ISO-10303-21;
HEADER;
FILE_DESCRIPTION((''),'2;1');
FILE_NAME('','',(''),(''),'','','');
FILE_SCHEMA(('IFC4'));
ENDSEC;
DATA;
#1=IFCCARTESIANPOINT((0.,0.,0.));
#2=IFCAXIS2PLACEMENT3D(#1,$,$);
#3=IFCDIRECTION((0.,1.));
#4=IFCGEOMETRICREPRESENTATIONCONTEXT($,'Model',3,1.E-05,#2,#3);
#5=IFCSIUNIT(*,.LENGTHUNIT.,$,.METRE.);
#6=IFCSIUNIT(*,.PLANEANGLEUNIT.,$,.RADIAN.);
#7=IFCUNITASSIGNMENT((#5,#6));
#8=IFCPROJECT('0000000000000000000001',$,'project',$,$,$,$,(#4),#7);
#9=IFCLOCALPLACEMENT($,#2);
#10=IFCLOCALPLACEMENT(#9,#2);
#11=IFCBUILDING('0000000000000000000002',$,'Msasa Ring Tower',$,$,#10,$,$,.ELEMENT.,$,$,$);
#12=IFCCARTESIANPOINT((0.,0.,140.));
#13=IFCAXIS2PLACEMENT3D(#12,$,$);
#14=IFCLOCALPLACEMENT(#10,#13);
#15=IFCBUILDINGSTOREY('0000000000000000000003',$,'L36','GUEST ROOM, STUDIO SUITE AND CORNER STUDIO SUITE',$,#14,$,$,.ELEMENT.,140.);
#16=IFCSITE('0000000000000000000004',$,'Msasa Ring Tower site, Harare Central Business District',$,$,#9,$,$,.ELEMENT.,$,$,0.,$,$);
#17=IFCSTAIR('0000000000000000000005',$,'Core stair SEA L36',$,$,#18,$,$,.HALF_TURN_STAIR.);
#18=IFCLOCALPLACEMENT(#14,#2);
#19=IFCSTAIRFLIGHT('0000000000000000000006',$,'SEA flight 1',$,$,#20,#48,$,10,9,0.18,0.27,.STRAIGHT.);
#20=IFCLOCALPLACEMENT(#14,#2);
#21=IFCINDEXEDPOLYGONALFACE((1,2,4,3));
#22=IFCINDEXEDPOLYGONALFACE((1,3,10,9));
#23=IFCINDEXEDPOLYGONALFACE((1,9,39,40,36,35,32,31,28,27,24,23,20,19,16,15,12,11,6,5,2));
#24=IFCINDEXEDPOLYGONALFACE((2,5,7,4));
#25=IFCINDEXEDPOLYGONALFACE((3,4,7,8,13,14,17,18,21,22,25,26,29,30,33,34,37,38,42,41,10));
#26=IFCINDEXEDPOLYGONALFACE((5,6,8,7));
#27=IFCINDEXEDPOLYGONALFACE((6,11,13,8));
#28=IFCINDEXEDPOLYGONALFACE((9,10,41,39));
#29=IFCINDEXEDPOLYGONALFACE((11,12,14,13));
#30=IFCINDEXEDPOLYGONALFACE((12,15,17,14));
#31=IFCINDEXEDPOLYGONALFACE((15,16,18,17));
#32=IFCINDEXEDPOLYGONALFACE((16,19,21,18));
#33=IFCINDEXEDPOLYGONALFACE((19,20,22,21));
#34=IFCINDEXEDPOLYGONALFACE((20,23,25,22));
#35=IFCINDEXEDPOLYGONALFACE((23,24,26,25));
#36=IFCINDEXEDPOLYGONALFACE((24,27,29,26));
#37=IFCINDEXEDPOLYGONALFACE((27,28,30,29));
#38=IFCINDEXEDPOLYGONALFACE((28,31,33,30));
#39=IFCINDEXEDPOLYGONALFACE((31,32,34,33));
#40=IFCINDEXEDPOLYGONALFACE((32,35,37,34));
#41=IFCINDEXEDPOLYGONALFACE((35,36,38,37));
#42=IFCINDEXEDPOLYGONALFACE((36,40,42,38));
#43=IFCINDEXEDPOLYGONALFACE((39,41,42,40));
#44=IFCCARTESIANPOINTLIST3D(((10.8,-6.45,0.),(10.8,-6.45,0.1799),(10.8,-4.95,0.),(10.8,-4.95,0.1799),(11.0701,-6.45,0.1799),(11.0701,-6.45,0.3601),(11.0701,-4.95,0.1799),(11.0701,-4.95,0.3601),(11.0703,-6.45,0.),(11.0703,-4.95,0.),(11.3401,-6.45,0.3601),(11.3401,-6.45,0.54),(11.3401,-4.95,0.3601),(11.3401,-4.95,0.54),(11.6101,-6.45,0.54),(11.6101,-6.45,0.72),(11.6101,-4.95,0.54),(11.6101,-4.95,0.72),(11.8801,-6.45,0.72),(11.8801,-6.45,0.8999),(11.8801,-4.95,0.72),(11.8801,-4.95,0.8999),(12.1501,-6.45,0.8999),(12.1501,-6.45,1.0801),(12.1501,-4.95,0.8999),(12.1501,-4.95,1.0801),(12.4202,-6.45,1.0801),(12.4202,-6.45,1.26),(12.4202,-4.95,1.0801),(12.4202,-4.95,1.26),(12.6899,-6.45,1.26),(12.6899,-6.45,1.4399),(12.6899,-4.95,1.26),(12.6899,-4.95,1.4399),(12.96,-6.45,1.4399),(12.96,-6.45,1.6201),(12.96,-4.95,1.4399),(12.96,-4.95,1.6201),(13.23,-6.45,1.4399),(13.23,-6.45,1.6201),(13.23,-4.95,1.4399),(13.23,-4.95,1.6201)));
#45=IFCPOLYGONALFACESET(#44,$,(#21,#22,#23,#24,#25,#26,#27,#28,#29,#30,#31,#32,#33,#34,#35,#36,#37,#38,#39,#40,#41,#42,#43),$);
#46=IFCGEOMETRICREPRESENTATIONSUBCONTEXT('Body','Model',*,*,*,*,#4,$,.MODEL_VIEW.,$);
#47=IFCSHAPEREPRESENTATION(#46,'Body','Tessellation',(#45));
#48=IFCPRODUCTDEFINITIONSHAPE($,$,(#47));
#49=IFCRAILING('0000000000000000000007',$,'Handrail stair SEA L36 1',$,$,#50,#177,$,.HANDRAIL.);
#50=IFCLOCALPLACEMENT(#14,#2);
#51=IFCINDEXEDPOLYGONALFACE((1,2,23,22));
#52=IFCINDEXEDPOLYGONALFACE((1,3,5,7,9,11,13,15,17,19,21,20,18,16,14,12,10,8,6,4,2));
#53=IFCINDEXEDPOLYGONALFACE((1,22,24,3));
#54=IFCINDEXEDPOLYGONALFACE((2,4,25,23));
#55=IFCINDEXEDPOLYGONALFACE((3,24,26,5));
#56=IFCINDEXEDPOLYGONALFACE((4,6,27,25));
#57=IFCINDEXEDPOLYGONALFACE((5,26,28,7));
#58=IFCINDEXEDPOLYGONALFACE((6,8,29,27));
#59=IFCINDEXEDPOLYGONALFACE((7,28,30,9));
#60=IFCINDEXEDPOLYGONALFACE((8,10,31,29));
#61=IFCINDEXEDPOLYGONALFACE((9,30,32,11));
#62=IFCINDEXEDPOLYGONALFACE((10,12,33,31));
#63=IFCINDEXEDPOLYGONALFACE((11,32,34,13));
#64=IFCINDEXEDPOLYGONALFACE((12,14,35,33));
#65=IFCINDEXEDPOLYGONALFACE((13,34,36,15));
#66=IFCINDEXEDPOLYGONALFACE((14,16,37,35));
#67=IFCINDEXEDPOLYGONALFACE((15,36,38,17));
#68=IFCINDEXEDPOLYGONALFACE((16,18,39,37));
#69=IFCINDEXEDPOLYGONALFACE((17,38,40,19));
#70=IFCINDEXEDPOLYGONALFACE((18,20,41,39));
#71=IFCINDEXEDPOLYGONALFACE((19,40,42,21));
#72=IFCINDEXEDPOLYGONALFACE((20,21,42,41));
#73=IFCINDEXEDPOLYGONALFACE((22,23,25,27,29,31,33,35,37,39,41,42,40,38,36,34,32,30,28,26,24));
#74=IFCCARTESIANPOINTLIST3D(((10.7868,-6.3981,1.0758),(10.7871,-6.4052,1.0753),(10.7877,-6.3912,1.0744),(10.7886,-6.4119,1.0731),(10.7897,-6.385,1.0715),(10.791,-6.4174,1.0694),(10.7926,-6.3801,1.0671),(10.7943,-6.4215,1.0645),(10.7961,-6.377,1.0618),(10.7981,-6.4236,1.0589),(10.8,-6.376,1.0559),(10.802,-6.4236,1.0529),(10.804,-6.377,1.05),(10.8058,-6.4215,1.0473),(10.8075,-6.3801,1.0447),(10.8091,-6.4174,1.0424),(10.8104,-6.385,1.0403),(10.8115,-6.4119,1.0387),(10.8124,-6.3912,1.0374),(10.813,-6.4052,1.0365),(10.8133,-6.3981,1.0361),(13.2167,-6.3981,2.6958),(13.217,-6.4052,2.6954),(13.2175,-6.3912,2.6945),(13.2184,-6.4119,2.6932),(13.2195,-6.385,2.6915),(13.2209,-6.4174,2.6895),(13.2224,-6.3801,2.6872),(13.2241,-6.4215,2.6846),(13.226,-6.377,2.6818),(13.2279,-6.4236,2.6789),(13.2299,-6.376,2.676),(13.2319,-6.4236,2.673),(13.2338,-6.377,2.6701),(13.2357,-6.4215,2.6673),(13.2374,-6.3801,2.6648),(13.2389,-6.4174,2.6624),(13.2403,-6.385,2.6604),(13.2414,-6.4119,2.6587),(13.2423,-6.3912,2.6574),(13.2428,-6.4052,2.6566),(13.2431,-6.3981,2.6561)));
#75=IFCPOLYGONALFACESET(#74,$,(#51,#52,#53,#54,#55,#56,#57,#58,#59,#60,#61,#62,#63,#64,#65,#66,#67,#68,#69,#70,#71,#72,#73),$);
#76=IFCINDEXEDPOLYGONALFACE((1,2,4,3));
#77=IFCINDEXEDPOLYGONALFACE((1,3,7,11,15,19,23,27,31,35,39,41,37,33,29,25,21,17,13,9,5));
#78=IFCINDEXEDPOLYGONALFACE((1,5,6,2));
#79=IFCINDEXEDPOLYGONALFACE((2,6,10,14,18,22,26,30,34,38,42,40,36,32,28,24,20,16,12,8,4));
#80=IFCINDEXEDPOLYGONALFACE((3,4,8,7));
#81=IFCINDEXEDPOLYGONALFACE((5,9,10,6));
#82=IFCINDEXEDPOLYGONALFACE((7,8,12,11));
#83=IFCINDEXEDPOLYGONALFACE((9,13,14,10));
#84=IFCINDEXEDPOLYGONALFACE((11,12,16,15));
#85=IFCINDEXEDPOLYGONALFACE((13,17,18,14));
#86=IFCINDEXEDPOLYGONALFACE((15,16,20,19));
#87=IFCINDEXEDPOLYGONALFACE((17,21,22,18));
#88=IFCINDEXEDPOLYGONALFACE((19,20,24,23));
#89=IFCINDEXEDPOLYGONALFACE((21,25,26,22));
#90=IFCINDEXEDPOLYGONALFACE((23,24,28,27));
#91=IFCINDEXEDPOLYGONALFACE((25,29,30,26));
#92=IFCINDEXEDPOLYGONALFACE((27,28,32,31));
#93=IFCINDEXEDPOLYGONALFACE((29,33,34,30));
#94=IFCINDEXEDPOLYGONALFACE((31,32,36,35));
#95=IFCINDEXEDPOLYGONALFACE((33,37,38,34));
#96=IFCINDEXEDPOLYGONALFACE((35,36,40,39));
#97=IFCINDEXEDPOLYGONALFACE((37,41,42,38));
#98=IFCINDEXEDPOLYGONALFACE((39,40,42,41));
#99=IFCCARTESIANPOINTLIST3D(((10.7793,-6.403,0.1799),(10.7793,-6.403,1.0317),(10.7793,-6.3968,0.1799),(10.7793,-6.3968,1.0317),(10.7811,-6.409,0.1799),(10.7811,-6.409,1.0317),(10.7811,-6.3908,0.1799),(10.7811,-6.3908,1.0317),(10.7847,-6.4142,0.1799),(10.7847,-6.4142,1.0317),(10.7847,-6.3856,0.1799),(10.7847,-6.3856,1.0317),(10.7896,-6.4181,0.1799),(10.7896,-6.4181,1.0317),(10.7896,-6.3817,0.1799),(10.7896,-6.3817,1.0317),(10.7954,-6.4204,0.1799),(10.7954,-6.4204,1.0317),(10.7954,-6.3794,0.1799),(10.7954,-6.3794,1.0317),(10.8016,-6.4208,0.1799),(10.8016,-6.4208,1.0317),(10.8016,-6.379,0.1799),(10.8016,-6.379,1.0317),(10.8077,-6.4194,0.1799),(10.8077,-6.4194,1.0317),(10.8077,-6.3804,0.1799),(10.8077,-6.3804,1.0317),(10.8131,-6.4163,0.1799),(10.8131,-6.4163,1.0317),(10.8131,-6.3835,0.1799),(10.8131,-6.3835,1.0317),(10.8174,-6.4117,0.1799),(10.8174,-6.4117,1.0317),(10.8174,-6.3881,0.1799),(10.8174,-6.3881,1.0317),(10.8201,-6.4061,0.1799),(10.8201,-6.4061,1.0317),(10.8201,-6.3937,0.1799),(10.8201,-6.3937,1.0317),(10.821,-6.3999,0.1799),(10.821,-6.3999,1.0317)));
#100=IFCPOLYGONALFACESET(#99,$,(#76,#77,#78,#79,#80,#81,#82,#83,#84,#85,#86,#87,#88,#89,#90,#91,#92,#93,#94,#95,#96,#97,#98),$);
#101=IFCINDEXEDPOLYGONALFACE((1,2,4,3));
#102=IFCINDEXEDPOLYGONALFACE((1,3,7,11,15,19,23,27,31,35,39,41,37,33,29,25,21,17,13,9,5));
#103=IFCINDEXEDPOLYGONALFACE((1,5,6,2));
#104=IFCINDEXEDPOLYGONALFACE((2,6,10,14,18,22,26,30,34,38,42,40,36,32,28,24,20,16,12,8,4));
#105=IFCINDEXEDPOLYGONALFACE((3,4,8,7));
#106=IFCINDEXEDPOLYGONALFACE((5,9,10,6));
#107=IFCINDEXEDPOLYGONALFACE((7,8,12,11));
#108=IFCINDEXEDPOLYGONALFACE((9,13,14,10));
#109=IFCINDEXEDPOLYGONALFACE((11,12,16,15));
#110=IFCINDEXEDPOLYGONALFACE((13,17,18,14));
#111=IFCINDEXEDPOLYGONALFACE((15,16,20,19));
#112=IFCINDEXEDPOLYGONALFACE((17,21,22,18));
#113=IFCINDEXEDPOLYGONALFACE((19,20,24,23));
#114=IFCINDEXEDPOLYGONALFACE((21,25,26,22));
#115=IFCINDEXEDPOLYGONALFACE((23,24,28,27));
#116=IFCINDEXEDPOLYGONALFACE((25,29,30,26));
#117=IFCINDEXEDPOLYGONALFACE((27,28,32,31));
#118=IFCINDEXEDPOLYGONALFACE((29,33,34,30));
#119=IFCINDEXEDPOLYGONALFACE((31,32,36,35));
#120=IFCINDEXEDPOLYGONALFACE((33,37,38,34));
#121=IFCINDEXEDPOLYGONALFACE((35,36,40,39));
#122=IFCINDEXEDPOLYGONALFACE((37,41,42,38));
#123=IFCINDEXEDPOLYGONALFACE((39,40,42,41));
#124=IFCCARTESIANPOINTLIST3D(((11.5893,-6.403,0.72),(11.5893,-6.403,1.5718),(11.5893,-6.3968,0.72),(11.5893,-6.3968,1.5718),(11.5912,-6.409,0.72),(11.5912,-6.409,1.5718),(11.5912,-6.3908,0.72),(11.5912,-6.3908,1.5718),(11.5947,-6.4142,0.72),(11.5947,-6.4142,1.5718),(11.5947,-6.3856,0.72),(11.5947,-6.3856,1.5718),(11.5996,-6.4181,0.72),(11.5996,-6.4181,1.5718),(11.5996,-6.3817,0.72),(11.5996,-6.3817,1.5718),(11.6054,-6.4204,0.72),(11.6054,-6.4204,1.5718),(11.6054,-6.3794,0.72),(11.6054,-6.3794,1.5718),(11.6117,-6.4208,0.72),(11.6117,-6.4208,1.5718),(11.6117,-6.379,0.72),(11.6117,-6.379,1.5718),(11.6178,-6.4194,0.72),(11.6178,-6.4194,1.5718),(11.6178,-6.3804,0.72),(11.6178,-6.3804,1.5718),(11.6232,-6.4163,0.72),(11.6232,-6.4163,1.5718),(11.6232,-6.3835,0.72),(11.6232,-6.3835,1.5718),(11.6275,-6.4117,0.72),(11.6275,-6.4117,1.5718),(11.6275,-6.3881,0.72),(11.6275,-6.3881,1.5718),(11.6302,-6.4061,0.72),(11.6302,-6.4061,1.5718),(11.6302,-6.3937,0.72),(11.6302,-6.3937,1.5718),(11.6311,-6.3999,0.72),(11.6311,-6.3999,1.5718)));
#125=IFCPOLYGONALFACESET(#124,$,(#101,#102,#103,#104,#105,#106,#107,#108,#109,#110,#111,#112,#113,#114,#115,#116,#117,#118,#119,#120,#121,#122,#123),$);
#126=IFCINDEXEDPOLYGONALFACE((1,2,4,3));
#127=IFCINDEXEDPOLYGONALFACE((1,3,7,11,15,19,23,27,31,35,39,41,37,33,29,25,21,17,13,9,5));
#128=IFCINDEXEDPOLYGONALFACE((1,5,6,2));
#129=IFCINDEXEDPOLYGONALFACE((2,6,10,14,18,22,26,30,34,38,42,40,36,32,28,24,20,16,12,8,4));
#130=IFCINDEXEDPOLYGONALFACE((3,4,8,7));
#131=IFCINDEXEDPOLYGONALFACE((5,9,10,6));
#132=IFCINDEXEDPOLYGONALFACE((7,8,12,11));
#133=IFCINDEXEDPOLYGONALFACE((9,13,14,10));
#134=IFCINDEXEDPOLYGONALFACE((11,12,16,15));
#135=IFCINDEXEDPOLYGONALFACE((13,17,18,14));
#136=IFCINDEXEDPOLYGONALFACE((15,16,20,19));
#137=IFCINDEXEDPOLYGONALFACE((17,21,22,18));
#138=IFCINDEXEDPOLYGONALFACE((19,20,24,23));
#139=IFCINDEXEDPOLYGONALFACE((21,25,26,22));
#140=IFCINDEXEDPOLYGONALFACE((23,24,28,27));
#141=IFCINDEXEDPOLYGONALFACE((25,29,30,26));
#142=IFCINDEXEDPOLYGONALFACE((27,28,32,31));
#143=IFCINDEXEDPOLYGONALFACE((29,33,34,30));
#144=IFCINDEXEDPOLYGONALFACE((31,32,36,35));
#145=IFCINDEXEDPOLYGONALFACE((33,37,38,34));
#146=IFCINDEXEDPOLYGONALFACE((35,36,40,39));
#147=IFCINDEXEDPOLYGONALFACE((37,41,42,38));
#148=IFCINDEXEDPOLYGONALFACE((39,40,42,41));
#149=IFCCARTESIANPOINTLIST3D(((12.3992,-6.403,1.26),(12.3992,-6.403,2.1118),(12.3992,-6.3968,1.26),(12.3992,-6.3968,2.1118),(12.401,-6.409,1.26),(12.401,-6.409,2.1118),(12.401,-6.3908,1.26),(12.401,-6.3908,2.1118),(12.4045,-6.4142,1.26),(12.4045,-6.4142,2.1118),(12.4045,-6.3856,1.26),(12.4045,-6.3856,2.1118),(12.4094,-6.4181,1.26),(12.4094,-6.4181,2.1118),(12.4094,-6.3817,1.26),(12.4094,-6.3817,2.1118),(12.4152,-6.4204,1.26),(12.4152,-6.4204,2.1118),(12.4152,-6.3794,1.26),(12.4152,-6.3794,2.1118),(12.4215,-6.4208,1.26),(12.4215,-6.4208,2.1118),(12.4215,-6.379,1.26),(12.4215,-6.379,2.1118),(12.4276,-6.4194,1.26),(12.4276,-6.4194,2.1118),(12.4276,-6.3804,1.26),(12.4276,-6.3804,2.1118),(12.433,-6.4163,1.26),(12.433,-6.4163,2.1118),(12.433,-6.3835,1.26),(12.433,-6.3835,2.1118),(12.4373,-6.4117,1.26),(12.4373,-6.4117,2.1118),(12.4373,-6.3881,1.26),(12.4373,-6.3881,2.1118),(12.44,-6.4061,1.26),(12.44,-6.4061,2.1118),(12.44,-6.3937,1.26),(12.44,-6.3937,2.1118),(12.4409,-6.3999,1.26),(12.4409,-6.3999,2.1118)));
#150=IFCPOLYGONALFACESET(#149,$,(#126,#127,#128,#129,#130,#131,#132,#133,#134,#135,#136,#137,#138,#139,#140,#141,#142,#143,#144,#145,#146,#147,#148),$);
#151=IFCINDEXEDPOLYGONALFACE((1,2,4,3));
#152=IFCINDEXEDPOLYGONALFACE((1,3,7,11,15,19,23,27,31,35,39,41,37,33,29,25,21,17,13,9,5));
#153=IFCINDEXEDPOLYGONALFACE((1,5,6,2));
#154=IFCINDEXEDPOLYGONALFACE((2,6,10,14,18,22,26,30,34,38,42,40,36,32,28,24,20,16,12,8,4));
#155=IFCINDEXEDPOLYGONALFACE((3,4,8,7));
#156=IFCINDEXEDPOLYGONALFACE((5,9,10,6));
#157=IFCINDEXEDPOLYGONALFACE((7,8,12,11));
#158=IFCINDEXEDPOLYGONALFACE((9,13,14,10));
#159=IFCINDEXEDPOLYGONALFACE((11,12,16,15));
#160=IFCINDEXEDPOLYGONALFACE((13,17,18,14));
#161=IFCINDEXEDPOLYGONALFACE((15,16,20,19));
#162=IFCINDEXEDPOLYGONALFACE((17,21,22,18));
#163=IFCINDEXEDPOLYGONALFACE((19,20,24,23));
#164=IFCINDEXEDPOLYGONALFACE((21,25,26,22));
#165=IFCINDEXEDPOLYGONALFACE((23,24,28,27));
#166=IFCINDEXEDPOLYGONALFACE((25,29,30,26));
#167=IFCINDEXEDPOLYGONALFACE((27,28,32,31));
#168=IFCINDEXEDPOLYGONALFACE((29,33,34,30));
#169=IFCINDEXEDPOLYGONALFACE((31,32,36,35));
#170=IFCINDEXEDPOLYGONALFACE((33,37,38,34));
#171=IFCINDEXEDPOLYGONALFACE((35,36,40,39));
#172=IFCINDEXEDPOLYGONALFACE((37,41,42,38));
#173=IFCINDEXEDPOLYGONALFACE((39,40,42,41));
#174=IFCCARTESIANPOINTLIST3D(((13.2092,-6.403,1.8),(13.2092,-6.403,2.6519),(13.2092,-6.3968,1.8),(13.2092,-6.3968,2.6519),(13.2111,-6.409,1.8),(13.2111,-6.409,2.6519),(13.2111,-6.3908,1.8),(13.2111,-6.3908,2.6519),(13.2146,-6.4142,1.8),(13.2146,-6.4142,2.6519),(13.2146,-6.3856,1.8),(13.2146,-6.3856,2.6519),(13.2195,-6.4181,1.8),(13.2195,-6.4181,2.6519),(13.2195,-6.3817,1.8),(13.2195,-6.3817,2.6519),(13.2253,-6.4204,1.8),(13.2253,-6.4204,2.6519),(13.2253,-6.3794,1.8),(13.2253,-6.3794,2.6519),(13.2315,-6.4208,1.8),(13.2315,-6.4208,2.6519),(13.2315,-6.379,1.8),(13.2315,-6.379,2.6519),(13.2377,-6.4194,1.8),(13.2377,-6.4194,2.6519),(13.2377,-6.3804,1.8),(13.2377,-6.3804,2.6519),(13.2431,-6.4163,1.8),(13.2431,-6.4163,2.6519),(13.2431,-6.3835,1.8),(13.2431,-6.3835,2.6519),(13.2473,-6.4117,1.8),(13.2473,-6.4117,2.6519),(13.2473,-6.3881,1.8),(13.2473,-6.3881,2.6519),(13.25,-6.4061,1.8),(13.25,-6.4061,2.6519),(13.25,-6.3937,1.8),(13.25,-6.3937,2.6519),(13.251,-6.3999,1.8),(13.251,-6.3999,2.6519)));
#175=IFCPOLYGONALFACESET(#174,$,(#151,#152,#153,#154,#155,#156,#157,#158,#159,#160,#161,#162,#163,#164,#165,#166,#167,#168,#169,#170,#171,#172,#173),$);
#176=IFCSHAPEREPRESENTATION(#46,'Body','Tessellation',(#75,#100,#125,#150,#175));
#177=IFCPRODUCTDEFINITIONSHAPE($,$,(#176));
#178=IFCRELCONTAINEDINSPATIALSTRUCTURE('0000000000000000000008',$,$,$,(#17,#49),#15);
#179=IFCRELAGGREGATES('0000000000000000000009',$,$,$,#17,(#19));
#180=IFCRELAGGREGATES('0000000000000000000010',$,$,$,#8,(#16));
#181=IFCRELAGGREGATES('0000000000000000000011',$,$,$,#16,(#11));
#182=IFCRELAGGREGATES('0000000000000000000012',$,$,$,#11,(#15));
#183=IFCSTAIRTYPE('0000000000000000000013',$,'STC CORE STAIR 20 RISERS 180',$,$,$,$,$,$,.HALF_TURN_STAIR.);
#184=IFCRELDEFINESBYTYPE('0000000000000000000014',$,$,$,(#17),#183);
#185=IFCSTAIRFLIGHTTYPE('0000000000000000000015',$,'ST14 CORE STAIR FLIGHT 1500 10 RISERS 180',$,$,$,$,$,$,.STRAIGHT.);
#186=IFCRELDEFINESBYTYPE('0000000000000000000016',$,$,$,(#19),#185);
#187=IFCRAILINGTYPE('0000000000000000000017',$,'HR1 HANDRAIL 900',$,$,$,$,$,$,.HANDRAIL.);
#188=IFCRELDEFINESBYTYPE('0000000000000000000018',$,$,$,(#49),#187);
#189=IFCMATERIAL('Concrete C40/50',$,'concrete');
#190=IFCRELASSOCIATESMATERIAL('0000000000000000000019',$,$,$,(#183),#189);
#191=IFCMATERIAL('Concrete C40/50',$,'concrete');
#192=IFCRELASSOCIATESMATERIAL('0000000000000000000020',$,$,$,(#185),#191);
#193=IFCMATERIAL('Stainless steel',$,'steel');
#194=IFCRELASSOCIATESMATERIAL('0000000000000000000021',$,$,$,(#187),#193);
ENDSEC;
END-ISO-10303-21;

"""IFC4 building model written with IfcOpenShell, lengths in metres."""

from ifc_helpers import new_model, si_unit, direction, frame, origin, origin_2d, place, context, subcontext, project, spatial, polyline, circle, outline, extrude, material, type_object, element, aggregate, save


model = new_model("IFC4")

# Units and contexts
model_context = context("Model", 3, precision=1e-05, world=origin(), true_north=direction((0.0, 1.0)))
body_context = subcontext(model_context, "Body", "Model", "MODEL_VIEW")
ifc_project = project(units=[si_unit("LENGTHUNIT", "METRE"), si_unit("PLANEANGLEUNIT", "RADIAN")], contexts=[model_context])

# Site, building, storey
site_placement = place(None, origin())
site = spatial("IfcSite", under=ifc_project, at=site_placement, Name="Msasa Ring Tower site, Harare Central Business District", CompositionType="ELEMENT", RefElevation=0.0)
building_placement = place(site_placement, origin())
building = spatial("IfcBuilding", under=site, at=building_placement, Name="Msasa Ring Tower", CompositionType="ELEMENT")
storey_placement = place(building_placement, frame((0.0, 0.0, 140.0)))
storey = spatial("IfcBuildingStorey", under=building, at=storey_placement, Name="L36", Description="GUEST ROOM, STUDIO SUITE AND CORNER STUDIO SUITE", CompositionType="ELEMENT", Elevation=140.0)

# Stair
ifc_material_1 = material(Name="Concrete C40/50", Category="concrete")
stair_type = type_object("IfcStairType", Name="STC CORE STAIR 20 RISERS 180", PredefinedType="HALF_TURN_STAIR", material=ifc_material_1)
stair_1_placement = place(storey_placement, origin())
stair_1 = element("IfcStair", 1, at=stair_1_placement, inside=storey, type_object=stair_type, Name="Core stair SEA L36", PredefinedType="HALF_TURN_STAIR")

# Stair flight
ifc_material_2 = material(Name="Concrete C40/50", Category="concrete")
stair_flight_type = type_object("IfcStairFlightType", Name="ST14 CORE STAIR FLIGHT 1500 10 RISERS 180", PredefinedType="STRAIGHT", material=ifc_material_2)
stair_flight_placement = place(storey_placement, frame((10.8, -5.7, 0.0), z_axis=(0.0, 0.0, 1.0), x_axis=(1.0, 0.0, 0.0)))
stair_flight = element("IfcStairFlight", 2, at=stair_flight_placement, type_object=stair_flight_type, Name="SEA flight 1", NumberOfRisers=10, NumberOfTreads=9, PredefinedType="STRAIGHT", RiserHeight=0.18, TreadLength=0.27, context=body_context, shape_type="SweptSolid", body=[
    extrude(outline(polyline([(0.0, 0.0), (0.0, 0.1799), (0.27, 0.1799), (0.27, 0.3601), (0.54, 0.3601), (0.54, 0.54), (0.8101, 0.54), (0.8101, 0.72), (1.0801, 0.72), (1.0801, 0.8999), (1.3501, 0.8999), (1.3501, 1.0801), (1.6201, 1.0801), (1.6201, 1.26), (1.8899, 1.26), (1.8899, 1.4399), (2.1599, 1.4399), (2.1599, 1.6201), (2.4299, 1.6201), (2.4299, 1.8), (2.4299, 1.4399), (0.2703, 0.0), (0.0, 0.0)])), frame((0.0, 0.75, 0.0), z_axis=(0.0, -1.0, 0.0), x_axis=(1.0, 0.0, 0.0)), (0.0, 0.0, 1.0), 1.5),
])
aggregate(stair_1, [stair_flight])

# Railing
ifc_material_3 = material(Name="Stainless steel", Category="steel")
railing_type = type_object("IfcRailingType", Name="HR1 HANDRAIL 900", PredefinedType="HANDRAIL", material=ifc_material_3)
for number, where, name in (
    (3, (10.8, -6.3999, 0.1799), "Handrail stair SEA L36 1"),
):
    element("IfcRailing", number, at=place(storey_placement, frame(where)), inside=storey, type_object=railing_type, Name=name, PredefinedType="HANDRAIL", context=body_context, shape_type="SweptSolid", body=[
        extrude(circle(Radius=0.0239, at=origin_2d()), frame((0.0, 0.0, 0.876), z_axis=(0.832025, 0.0, 0.554739), x_axis=(0.0, 1.0, 0.0)), (0.0, 0.0, 1.0), 2.9204),
        extrude(circle(Radius=0.021, at=origin_2d()), origin(), (0.0, 0.0, 1.0), 0.8518),
        extrude(circle(Radius=0.021, at=origin_2d()), frame((0.8101, 0.0, 0.54)), (0.0, 0.0, 1.0), 0.8518),
        extrude(circle(Radius=0.021, at=origin_2d()), frame((1.6199, 0.0, 1.0801)), (0.0, 0.0, 1.0), 0.8518),
        extrude(circle(Radius=0.021, at=origin_2d()), frame((2.4299, 0.0, 1.6201)), (0.0, 0.0, 1.0), 0.8518),
    ])

save(model, "model.ifc")
